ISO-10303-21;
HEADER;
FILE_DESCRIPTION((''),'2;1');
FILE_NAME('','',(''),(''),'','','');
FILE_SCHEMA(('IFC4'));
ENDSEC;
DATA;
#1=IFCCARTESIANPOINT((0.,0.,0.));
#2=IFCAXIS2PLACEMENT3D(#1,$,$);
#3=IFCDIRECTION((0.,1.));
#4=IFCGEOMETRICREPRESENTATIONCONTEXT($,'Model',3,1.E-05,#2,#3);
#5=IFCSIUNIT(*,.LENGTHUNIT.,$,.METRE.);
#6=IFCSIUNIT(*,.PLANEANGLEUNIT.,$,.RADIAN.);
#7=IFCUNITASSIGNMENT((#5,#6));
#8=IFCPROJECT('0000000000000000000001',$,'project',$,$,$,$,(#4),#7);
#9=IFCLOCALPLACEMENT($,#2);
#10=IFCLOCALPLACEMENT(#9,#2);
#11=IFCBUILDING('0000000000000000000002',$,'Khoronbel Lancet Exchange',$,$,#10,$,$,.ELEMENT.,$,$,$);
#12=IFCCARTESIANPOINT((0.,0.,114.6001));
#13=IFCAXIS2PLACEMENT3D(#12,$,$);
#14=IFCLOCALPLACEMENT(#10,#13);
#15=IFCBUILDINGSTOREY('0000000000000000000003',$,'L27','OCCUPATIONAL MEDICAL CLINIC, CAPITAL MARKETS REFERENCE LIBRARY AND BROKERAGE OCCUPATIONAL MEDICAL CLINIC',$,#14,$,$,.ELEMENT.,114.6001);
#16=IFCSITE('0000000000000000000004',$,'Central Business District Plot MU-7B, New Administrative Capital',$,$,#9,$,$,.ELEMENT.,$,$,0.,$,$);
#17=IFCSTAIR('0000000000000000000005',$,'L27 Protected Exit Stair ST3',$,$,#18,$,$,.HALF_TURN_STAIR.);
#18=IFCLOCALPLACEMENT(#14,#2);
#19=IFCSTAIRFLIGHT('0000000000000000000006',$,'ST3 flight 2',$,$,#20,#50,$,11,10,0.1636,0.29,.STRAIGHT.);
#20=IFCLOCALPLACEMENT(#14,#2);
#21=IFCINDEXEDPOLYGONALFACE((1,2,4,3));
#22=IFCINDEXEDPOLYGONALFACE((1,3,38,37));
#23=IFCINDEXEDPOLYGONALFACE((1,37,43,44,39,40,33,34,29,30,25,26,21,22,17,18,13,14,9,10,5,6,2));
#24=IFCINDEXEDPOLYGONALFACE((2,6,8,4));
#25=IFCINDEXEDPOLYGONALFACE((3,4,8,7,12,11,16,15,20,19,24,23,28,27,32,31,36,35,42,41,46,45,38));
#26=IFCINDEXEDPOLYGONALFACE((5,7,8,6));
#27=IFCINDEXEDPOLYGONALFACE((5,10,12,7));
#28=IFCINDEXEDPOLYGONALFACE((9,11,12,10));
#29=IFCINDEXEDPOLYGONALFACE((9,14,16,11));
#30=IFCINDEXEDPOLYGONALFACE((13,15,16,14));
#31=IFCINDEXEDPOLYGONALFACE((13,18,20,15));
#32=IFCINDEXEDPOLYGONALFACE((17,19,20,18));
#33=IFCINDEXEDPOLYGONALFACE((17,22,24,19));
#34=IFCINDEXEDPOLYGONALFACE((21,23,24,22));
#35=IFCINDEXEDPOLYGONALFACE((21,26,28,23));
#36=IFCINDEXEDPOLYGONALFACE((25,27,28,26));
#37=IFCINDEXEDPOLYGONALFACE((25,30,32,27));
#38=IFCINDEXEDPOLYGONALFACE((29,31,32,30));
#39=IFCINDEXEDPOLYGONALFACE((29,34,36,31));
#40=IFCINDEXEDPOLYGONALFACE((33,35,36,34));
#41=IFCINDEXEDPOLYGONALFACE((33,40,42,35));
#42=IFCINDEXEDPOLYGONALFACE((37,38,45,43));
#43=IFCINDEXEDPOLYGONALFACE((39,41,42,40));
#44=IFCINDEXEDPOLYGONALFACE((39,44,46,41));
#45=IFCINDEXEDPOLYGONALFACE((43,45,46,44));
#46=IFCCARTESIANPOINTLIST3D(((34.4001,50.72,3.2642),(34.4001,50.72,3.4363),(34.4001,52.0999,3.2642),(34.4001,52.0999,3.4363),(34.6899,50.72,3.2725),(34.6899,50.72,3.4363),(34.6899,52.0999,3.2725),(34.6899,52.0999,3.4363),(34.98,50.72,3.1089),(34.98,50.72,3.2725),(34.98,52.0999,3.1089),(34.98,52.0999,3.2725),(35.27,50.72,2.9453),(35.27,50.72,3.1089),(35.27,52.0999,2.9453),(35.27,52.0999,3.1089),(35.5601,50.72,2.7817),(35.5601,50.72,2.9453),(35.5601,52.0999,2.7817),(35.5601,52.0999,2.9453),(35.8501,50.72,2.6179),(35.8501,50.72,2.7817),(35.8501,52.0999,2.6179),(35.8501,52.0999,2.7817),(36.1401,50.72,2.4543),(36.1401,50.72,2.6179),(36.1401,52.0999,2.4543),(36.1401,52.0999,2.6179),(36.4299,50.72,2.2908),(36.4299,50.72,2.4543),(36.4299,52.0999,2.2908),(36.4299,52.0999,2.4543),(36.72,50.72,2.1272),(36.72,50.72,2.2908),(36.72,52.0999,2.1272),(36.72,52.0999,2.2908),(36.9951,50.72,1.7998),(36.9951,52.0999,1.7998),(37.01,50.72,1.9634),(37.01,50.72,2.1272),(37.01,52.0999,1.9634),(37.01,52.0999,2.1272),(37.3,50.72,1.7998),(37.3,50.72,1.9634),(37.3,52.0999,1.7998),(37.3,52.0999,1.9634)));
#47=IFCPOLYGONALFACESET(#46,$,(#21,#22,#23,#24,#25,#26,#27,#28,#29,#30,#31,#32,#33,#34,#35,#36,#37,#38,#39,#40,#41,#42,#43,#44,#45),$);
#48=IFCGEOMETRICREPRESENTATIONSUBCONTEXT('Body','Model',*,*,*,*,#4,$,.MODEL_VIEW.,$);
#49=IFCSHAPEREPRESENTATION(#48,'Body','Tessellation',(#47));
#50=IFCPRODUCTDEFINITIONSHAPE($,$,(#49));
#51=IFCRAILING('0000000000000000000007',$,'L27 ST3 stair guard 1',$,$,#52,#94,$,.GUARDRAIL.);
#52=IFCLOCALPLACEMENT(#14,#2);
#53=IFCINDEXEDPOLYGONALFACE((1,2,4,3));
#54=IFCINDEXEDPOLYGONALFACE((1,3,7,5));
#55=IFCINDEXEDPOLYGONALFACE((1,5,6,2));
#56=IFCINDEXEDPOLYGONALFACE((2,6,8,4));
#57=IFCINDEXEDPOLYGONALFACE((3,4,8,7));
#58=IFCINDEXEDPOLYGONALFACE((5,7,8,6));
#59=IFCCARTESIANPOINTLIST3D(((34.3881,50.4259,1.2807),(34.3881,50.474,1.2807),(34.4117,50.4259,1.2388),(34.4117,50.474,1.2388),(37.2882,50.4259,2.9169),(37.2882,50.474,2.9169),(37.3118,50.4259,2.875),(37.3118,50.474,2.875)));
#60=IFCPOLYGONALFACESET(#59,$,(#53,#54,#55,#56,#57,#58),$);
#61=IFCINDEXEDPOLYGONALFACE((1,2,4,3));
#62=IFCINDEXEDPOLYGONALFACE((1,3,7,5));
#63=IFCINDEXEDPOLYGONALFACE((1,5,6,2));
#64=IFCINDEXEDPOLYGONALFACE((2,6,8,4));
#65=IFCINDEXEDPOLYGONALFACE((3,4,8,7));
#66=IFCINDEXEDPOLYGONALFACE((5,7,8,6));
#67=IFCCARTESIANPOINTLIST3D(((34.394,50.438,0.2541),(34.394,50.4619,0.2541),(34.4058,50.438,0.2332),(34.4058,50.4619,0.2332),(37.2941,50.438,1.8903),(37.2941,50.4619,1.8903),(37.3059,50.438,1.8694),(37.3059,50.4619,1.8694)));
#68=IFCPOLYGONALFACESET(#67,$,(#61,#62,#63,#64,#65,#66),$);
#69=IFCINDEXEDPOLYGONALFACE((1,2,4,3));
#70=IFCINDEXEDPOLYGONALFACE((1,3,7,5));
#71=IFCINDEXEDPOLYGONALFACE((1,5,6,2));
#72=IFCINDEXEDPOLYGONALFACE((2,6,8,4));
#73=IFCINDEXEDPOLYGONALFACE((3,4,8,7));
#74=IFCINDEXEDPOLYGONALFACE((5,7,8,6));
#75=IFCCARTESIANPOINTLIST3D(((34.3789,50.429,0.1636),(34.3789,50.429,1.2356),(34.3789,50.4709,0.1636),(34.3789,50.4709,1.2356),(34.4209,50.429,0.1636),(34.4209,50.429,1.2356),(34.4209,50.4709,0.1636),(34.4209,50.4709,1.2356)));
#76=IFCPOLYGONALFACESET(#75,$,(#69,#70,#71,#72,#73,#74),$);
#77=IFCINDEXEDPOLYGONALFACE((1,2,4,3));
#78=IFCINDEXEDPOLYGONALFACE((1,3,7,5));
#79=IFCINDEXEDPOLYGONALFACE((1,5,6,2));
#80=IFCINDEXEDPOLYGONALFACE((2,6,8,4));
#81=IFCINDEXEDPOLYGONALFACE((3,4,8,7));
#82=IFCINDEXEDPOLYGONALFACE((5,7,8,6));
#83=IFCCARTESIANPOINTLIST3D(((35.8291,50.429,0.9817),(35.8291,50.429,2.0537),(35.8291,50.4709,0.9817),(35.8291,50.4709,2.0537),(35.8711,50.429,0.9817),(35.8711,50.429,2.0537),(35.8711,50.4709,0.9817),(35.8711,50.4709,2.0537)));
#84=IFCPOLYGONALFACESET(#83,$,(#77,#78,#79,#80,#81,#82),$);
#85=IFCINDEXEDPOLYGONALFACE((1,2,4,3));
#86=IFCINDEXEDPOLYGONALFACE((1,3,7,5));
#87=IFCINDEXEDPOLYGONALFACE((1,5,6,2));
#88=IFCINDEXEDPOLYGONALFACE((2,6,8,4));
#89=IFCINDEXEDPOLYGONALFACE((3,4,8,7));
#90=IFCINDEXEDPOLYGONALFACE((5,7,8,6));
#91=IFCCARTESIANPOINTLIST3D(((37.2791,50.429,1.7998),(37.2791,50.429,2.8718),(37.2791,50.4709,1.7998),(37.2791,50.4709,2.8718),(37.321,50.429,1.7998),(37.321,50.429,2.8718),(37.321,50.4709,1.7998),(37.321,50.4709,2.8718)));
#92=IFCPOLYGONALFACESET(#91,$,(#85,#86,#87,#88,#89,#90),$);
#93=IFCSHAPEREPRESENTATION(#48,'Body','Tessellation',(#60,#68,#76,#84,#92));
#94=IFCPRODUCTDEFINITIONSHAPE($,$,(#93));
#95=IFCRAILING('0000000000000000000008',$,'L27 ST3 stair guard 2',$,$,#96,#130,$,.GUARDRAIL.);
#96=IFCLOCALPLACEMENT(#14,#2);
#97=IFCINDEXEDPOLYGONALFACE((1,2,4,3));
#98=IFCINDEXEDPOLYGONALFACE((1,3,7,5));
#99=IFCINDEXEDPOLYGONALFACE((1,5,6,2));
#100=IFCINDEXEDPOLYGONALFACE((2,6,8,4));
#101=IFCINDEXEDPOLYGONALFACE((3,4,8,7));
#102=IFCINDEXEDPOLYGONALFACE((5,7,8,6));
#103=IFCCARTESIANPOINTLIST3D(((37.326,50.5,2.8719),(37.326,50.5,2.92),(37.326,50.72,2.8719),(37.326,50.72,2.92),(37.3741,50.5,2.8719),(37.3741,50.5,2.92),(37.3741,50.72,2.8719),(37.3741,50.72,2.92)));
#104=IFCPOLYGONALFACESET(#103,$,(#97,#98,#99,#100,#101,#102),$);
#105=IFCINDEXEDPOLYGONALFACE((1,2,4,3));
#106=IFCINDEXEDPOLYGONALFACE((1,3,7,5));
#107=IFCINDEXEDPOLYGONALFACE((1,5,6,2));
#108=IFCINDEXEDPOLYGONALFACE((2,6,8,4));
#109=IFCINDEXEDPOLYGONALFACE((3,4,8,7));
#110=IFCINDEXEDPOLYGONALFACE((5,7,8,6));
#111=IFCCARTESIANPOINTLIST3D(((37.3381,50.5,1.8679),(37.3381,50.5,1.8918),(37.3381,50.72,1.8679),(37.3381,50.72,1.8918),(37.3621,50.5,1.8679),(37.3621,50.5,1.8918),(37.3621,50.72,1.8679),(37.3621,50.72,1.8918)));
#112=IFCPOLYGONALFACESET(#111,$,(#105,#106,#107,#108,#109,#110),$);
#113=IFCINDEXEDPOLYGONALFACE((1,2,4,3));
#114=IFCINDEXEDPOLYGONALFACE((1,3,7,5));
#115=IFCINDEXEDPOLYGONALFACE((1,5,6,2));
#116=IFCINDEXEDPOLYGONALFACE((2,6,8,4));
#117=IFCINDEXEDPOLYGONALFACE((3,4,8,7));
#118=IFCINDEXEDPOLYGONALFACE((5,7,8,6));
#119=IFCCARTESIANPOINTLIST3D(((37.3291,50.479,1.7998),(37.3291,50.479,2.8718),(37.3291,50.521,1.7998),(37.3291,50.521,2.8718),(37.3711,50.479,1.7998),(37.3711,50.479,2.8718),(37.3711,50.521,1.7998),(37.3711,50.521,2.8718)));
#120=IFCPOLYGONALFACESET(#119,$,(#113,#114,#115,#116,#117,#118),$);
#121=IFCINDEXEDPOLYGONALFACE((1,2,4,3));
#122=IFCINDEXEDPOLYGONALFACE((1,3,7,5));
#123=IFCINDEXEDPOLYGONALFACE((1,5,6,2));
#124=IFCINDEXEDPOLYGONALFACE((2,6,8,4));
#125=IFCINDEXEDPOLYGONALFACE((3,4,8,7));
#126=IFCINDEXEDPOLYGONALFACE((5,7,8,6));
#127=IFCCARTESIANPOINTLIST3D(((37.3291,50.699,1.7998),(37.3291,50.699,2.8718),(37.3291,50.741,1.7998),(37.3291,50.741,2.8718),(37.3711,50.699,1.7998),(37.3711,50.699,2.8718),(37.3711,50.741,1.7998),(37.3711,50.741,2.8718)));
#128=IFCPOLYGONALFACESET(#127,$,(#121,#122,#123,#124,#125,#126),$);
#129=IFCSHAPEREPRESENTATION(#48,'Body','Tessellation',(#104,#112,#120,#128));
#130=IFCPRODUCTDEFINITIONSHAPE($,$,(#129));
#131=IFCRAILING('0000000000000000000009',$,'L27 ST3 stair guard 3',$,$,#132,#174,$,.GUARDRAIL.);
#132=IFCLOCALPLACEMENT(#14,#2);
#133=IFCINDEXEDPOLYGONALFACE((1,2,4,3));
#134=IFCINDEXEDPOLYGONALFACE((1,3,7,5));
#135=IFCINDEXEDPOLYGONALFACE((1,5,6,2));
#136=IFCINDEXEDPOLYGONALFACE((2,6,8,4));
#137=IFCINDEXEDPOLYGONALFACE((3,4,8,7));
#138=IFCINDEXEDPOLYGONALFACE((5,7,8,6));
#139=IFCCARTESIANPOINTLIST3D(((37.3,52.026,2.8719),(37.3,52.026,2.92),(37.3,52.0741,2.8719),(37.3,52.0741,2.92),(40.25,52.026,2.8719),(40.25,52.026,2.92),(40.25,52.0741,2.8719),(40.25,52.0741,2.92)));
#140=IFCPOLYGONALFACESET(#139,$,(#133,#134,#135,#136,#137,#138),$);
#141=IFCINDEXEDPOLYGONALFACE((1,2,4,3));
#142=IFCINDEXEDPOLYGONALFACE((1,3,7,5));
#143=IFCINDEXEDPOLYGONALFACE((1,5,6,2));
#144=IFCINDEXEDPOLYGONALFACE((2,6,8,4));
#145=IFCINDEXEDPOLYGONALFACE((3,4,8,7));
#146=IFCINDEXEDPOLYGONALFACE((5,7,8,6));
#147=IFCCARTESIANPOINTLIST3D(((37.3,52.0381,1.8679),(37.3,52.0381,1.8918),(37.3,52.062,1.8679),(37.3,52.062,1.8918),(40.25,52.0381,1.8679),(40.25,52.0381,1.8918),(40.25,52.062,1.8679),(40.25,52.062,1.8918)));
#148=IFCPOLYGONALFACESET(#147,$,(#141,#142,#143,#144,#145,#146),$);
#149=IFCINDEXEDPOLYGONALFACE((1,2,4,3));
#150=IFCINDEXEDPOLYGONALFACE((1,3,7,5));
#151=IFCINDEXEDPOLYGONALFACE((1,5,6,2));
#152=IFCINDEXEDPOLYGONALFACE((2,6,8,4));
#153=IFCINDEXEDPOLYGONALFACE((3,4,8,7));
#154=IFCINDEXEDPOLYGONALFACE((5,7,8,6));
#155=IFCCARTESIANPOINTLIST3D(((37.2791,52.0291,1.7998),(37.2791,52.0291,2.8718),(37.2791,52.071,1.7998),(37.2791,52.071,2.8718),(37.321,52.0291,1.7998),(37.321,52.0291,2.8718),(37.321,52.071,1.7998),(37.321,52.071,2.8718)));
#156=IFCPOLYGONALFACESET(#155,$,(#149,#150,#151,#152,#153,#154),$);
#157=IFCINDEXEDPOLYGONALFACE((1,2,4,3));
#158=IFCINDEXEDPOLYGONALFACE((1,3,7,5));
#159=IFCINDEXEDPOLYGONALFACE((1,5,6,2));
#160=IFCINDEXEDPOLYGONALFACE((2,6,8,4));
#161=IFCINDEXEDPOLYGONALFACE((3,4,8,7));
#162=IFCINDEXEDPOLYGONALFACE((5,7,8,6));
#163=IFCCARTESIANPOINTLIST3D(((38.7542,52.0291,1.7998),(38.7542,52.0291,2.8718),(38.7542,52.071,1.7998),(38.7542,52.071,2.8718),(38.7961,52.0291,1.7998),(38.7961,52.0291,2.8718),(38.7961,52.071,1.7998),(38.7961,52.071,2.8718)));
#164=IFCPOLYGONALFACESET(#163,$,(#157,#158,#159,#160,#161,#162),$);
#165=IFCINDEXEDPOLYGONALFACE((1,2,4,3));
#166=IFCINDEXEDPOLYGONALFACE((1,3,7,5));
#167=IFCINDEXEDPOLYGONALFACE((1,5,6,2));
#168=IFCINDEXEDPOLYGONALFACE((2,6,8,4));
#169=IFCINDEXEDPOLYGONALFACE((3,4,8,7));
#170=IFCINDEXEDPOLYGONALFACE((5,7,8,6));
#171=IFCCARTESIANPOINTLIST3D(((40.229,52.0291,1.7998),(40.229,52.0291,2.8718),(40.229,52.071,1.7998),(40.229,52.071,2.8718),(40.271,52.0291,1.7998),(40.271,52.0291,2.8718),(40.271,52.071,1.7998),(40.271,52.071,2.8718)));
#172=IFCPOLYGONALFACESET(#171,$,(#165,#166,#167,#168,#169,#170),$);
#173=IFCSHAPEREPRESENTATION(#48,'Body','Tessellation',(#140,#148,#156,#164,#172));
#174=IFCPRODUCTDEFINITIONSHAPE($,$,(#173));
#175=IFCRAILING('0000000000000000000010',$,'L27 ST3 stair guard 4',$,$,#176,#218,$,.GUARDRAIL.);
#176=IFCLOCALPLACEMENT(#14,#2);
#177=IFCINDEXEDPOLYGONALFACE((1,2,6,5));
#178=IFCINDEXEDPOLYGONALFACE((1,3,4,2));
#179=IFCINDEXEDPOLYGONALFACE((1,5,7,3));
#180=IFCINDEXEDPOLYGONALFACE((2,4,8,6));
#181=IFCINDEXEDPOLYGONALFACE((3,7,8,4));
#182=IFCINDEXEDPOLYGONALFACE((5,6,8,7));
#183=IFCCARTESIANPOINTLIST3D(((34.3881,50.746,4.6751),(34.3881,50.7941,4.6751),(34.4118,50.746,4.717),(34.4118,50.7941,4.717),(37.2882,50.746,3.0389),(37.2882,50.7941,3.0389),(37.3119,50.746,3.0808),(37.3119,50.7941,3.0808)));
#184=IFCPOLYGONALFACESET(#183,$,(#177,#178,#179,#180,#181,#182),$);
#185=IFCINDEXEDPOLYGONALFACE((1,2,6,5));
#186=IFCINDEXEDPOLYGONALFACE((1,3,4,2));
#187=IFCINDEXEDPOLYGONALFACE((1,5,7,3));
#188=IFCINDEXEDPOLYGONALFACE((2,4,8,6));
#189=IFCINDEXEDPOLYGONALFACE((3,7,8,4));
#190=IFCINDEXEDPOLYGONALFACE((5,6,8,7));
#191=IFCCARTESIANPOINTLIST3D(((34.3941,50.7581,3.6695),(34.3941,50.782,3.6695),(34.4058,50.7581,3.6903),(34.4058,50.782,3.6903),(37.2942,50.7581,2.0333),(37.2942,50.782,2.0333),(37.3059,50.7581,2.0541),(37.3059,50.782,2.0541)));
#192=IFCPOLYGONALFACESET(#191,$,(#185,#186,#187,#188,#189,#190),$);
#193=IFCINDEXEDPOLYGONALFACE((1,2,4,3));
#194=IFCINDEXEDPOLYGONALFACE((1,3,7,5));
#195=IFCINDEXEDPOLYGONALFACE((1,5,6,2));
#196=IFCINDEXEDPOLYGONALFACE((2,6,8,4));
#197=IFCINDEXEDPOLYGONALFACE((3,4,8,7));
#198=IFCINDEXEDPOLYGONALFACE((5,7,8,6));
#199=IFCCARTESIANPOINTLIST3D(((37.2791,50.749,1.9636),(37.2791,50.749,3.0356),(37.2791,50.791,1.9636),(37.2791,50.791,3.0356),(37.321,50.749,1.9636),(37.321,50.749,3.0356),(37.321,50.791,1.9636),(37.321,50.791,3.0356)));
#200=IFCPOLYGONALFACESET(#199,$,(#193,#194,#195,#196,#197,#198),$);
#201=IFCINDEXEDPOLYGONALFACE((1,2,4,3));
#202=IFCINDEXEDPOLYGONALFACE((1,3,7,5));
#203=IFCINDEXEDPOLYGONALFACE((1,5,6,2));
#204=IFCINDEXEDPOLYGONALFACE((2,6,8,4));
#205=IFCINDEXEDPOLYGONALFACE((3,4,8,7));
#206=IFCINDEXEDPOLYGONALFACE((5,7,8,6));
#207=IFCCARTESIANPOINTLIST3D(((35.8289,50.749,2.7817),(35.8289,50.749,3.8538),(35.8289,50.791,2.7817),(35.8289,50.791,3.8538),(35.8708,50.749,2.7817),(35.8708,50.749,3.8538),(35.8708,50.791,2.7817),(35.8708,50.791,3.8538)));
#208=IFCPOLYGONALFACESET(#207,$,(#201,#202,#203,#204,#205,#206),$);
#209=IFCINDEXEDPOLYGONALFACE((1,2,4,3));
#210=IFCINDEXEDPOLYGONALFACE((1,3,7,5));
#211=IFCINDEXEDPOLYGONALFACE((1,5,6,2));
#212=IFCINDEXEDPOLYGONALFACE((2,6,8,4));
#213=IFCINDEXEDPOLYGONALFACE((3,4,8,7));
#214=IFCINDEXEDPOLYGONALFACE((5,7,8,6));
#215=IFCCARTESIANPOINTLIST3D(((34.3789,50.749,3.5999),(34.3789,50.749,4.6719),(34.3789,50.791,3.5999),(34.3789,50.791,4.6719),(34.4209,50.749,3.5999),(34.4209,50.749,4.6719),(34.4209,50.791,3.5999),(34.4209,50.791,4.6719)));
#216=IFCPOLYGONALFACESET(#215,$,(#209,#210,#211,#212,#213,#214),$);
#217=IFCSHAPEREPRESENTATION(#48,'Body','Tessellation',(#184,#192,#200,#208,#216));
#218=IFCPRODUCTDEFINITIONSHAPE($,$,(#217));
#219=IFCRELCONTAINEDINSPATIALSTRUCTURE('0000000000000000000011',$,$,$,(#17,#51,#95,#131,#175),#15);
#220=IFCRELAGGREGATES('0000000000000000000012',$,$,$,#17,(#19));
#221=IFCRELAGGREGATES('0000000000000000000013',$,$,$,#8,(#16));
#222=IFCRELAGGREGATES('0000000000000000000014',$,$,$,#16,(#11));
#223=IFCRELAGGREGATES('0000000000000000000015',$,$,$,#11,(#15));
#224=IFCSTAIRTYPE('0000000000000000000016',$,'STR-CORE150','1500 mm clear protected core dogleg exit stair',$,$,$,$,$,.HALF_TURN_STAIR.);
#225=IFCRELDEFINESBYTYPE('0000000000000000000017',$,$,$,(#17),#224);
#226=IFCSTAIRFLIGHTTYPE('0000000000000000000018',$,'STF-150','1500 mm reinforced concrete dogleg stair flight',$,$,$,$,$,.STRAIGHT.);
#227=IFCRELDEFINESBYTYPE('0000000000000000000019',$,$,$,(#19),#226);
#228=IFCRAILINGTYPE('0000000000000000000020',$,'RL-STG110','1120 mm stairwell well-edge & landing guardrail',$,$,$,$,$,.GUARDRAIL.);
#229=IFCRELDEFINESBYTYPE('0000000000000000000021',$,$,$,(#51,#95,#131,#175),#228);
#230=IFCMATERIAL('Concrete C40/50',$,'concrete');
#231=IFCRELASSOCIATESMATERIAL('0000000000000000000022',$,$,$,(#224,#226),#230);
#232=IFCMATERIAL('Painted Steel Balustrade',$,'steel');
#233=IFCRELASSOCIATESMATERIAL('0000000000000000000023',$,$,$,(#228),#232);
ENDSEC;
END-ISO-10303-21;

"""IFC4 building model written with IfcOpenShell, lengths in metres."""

from ifc_helpers import new_model, si_unit, direction, frame, origin, origin_2d, place, context, subcontext, project, spatial, polyline, rectangle, outline, extrude, material, type_object, element, aggregate, save


model = new_model("IFC4")

# Units and contexts
model_context = context("Model", 3, precision=1e-05, world=origin(), true_north=direction((0.0, 1.0)))
body_context = subcontext(model_context, "Body", "Model", "MODEL_VIEW")
ifc_project = project(units=[si_unit("LENGTHUNIT", "METRE"), si_unit("PLANEANGLEUNIT", "RADIAN")], contexts=[model_context])

# Site, building, storey
site_placement = place(None, origin())
site = spatial("IfcSite", under=ifc_project, at=site_placement, Name="Central Business District Plot MU-7B, New Administrative Capital", CompositionType="ELEMENT", RefElevation=0.0)
building_placement = place(site_placement, origin())
building = spatial("IfcBuilding", under=site, at=building_placement, Name="Khoronbel Lancet Exchange", CompositionType="ELEMENT")
storey_placement = place(building_placement, frame((0.0, 0.0, 114.6001)))
storey = spatial("IfcBuildingStorey", under=building, at=storey_placement, Name="L27", Description="OCCUPATIONAL MEDICAL CLINIC, CAPITAL MARKETS REFERENCE LIBRARY AND BROKERAGE OCCUPATIONAL MEDICAL CLINIC", CompositionType="ELEMENT", Elevation=114.6001)

# Stair, stair flight
ifc_material_1 = material(Name="Concrete C40/50", Category="concrete")
stair_type = type_object("IfcStairType", Name="STR-CORE150", Description="1500 mm clear protected core dogleg exit stair", PredefinedType="HALF_TURN_STAIR", material=ifc_material_1)
stair_placement = place(storey_placement, origin())
stair = element("IfcStair", 1, at=stair_placement, inside=storey, type_object=stair_type, Name="L27 Protected Exit Stair ST3", PredefinedType="HALF_TURN_STAIR")
stair_flight_type = type_object("IfcStairFlightType", Name="STF-150", Description="1500 mm reinforced concrete dogleg stair flight", PredefinedType="STRAIGHT", material=ifc_material_1)
stair_flight_1_placement = place(storey_placement, frame((37.3, 51.4099, 1.7998), z_axis=(0.0, 0.0, 1.0), x_axis=(-1.0, 0.0, 0.0)))
stair_flight_1 = element("IfcStairFlight", 2, at=stair_flight_1_placement, type_object=stair_flight_type, Name="ST3 flight 2", NumberOfRisers=11, NumberOfTreads=10, PredefinedType="STRAIGHT", RiserHeight=0.1636, TreadLength=0.29, context=body_context, shape_type="SweptSolid", body=[
    extrude(outline(polyline([(0.0, 0.0), (0.0, 0.1636), (0.29, 0.1636), (0.29, 0.3274), (0.5801, 0.3274), (0.5801, 0.491), (0.8701, 0.491), (0.8701, 0.6545), (1.1599, 0.6545), (1.1599, 0.8181), (1.45, 0.8181), (1.45, 0.9819), (1.74, 0.9819), (1.74, 1.1455), (2.03, 1.1455), (2.03, 1.3091), (2.3201, 1.3091), (2.3201, 1.4727), (2.6101, 1.4727), (2.6101, 1.6365), (2.8999, 1.6365), (2.8999, 1.8), (2.8999, 1.4644), (0.3049, 0.0), (0.0, 0.0)])), frame((0.0, 0.6899, 0.0), z_axis=(0.0, -1.0, 0.0), x_axis=(1.0, 0.0, 0.0)), (0.0, 0.0, 1.0), 1.3799),
])
aggregate(stair, [stair_flight_1])

# Railings
ifc_material_2 = material(Name="Painted Steel Balustrade", Category="steel")
railing_type_1 = type_object("IfcRailingType", Name="RL-STG110", Description="1120 mm stairwell well-edge & landing guardrail", PredefinedType="GUARDRAIL", material=ifc_material_2)
railing_1_placement = place(storey_placement, frame((34.3999, 50.45, 0.1636)))
element("IfcRailing", 3, at=railing_1_placement, inside=storey, type_object=railing_type_1, Name="L27 ST3 stair guard 1", PredefinedType="GUARDRAIL", context=body_context, shape_type="SweptSolid", body=[
    extrude(rectangle(XDim=0.0481, YDim=0.0481, at=origin_2d()), frame((0.0, 0.0, 1.0962), z_axis=(0.870946, 0.0, 0.491378), x_axis=(0.0, 1.0, 0.0)), (0.0, 0.0, 1.0), 3.3298),
    extrude(rectangle(XDim=0.0239, YDim=0.0239, at=origin_2d()), frame((0.0, 0.0, 0.0801), z_axis=(0.870946, 0.0, 0.491378), x_axis=(0.0, 1.0, 0.0)), (0.0, 0.0, 1.0), 3.3298),
    extrude(rectangle(XDim=0.042, YDim=0.042, at=origin_2d()), origin(), (0.0, 0.0, 1.0), 1.072),
    extrude(rectangle(XDim=0.042, YDim=0.042, at=origin_2d()), frame((1.4502, 0.0, 0.8181)), (0.0, 0.0, 1.0), 1.072),
    extrude(rectangle(XDim=0.042, YDim=0.042, at=origin_2d()), frame((2.9001, 0.0, 1.6362)), (0.0, 0.0, 1.0), 1.072),
])
railing_2_placement = place(storey_placement, frame((37.3501, 50.5, 1.7998)))
element("IfcRailing", 4, at=railing_2_placement, inside=storey, type_object=railing_type_1, Name="L27 ST3 stair guard 2", PredefinedType="GUARDRAIL", context=body_context, shape_type="SweptSolid", body=[
    extrude(rectangle(XDim=0.0481, YDim=0.0481, at=origin_2d()), frame((0.0, 0.0, 1.0962), z_axis=(0.0, 1.0, 0.0), x_axis=(-1.0, 0.0, 0.0)), (0.0, 0.0, 1.0), 0.22),
    extrude(rectangle(XDim=0.0239, YDim=0.0239, at=origin_2d()), frame((0.0, 0.0, 0.0801), z_axis=(0.0, 1.0, 0.0), x_axis=(-1.0, 0.0, 0.0)), (0.0, 0.0, 1.0), 0.22),
    extrude(rectangle(XDim=0.042, YDim=0.042, at=origin_2d()), origin(), (0.0, 0.0, 1.0), 1.072),
    extrude(rectangle(XDim=0.042, YDim=0.042, at=origin_2d()), frame((0.0, 0.22, 0.0)), (0.0, 0.0, 1.0), 1.072),
])
railing_3_placement = place(storey_placement, frame((37.3, 52.05, 1.7998)))
element("IfcRailing", 5, at=railing_3_placement, inside=storey, type_object=railing_type_1, Name="L27 ST3 stair guard 3", PredefinedType="GUARDRAIL", context=body_context, shape_type="SweptSolid", body=[
    extrude(rectangle(XDim=0.0481, YDim=0.0481, at=origin_2d()), frame((0.0, 0.0, 1.0962), z_axis=(1.0, 0.0, 0.0), x_axis=(0.0, 1.0, 0.0)), (0.0, 0.0, 1.0), 2.95),
    extrude(rectangle(XDim=0.0239, YDim=0.0239, at=origin_2d()), frame((0.0, 0.0, 0.0801), z_axis=(1.0, 0.0, 0.0), x_axis=(0.0, 1.0, 0.0)), (0.0, 0.0, 1.0), 2.95),
    extrude(rectangle(XDim=0.042, YDim=0.042, at=origin_2d()), origin(), (0.0, 0.0, 1.0), 1.072),
    extrude(rectangle(XDim=0.042, YDim=0.042, at=origin_2d()), frame((1.4751, 0.0, 0.0)), (0.0, 0.0, 1.0), 1.072),
    extrude(rectangle(XDim=0.042, YDim=0.042, at=origin_2d()), frame((2.95, 0.0, 0.0)), (0.0, 0.0, 1.0), 1.072),
])
railing_4_placement = place(storey_placement, frame((37.3, 50.77, 1.9636)))
element("IfcRailing", 6, at=railing_4_placement, inside=storey, type_object=railing_type_1, Name="L27 ST3 stair guard 4", PredefinedType="GUARDRAIL", context=body_context, shape_type="SweptSolid", body=[
    extrude(rectangle(XDim=0.0481, YDim=0.0481, at=origin_2d()), frame((0.0, 0.0, 1.0962), z_axis=(-0.870946, 0.0, 0.491378), x_axis=(0.0, -1.0, 0.0)), (0.0, 0.0, 1.0), 3.3298),
    extrude(rectangle(XDim=0.0239, YDim=0.0239, at=origin_2d()), frame((0.0, 0.0, 0.0801), z_axis=(-0.870946, 0.0, 0.491378), x_axis=(0.0, -1.0, 0.0)), (0.0, 0.0, 1.0), 3.3298),
    extrude(rectangle(XDim=0.042, YDim=0.042, at=origin_2d()), origin(), (0.0, 0.0, 1.0), 1.072),
    extrude(rectangle(XDim=0.042, YDim=0.042, at=origin_2d()), frame((-1.4502, 0.0, 0.8181)), (0.0, 0.0, 1.0), 1.072),
    extrude(rectangle(XDim=0.042, YDim=0.042, at=origin_2d()), frame((-2.9001, 0.0, 1.6362)), (0.0, 0.0, 1.0), 1.072),
])

save(model, "model.ifc")
